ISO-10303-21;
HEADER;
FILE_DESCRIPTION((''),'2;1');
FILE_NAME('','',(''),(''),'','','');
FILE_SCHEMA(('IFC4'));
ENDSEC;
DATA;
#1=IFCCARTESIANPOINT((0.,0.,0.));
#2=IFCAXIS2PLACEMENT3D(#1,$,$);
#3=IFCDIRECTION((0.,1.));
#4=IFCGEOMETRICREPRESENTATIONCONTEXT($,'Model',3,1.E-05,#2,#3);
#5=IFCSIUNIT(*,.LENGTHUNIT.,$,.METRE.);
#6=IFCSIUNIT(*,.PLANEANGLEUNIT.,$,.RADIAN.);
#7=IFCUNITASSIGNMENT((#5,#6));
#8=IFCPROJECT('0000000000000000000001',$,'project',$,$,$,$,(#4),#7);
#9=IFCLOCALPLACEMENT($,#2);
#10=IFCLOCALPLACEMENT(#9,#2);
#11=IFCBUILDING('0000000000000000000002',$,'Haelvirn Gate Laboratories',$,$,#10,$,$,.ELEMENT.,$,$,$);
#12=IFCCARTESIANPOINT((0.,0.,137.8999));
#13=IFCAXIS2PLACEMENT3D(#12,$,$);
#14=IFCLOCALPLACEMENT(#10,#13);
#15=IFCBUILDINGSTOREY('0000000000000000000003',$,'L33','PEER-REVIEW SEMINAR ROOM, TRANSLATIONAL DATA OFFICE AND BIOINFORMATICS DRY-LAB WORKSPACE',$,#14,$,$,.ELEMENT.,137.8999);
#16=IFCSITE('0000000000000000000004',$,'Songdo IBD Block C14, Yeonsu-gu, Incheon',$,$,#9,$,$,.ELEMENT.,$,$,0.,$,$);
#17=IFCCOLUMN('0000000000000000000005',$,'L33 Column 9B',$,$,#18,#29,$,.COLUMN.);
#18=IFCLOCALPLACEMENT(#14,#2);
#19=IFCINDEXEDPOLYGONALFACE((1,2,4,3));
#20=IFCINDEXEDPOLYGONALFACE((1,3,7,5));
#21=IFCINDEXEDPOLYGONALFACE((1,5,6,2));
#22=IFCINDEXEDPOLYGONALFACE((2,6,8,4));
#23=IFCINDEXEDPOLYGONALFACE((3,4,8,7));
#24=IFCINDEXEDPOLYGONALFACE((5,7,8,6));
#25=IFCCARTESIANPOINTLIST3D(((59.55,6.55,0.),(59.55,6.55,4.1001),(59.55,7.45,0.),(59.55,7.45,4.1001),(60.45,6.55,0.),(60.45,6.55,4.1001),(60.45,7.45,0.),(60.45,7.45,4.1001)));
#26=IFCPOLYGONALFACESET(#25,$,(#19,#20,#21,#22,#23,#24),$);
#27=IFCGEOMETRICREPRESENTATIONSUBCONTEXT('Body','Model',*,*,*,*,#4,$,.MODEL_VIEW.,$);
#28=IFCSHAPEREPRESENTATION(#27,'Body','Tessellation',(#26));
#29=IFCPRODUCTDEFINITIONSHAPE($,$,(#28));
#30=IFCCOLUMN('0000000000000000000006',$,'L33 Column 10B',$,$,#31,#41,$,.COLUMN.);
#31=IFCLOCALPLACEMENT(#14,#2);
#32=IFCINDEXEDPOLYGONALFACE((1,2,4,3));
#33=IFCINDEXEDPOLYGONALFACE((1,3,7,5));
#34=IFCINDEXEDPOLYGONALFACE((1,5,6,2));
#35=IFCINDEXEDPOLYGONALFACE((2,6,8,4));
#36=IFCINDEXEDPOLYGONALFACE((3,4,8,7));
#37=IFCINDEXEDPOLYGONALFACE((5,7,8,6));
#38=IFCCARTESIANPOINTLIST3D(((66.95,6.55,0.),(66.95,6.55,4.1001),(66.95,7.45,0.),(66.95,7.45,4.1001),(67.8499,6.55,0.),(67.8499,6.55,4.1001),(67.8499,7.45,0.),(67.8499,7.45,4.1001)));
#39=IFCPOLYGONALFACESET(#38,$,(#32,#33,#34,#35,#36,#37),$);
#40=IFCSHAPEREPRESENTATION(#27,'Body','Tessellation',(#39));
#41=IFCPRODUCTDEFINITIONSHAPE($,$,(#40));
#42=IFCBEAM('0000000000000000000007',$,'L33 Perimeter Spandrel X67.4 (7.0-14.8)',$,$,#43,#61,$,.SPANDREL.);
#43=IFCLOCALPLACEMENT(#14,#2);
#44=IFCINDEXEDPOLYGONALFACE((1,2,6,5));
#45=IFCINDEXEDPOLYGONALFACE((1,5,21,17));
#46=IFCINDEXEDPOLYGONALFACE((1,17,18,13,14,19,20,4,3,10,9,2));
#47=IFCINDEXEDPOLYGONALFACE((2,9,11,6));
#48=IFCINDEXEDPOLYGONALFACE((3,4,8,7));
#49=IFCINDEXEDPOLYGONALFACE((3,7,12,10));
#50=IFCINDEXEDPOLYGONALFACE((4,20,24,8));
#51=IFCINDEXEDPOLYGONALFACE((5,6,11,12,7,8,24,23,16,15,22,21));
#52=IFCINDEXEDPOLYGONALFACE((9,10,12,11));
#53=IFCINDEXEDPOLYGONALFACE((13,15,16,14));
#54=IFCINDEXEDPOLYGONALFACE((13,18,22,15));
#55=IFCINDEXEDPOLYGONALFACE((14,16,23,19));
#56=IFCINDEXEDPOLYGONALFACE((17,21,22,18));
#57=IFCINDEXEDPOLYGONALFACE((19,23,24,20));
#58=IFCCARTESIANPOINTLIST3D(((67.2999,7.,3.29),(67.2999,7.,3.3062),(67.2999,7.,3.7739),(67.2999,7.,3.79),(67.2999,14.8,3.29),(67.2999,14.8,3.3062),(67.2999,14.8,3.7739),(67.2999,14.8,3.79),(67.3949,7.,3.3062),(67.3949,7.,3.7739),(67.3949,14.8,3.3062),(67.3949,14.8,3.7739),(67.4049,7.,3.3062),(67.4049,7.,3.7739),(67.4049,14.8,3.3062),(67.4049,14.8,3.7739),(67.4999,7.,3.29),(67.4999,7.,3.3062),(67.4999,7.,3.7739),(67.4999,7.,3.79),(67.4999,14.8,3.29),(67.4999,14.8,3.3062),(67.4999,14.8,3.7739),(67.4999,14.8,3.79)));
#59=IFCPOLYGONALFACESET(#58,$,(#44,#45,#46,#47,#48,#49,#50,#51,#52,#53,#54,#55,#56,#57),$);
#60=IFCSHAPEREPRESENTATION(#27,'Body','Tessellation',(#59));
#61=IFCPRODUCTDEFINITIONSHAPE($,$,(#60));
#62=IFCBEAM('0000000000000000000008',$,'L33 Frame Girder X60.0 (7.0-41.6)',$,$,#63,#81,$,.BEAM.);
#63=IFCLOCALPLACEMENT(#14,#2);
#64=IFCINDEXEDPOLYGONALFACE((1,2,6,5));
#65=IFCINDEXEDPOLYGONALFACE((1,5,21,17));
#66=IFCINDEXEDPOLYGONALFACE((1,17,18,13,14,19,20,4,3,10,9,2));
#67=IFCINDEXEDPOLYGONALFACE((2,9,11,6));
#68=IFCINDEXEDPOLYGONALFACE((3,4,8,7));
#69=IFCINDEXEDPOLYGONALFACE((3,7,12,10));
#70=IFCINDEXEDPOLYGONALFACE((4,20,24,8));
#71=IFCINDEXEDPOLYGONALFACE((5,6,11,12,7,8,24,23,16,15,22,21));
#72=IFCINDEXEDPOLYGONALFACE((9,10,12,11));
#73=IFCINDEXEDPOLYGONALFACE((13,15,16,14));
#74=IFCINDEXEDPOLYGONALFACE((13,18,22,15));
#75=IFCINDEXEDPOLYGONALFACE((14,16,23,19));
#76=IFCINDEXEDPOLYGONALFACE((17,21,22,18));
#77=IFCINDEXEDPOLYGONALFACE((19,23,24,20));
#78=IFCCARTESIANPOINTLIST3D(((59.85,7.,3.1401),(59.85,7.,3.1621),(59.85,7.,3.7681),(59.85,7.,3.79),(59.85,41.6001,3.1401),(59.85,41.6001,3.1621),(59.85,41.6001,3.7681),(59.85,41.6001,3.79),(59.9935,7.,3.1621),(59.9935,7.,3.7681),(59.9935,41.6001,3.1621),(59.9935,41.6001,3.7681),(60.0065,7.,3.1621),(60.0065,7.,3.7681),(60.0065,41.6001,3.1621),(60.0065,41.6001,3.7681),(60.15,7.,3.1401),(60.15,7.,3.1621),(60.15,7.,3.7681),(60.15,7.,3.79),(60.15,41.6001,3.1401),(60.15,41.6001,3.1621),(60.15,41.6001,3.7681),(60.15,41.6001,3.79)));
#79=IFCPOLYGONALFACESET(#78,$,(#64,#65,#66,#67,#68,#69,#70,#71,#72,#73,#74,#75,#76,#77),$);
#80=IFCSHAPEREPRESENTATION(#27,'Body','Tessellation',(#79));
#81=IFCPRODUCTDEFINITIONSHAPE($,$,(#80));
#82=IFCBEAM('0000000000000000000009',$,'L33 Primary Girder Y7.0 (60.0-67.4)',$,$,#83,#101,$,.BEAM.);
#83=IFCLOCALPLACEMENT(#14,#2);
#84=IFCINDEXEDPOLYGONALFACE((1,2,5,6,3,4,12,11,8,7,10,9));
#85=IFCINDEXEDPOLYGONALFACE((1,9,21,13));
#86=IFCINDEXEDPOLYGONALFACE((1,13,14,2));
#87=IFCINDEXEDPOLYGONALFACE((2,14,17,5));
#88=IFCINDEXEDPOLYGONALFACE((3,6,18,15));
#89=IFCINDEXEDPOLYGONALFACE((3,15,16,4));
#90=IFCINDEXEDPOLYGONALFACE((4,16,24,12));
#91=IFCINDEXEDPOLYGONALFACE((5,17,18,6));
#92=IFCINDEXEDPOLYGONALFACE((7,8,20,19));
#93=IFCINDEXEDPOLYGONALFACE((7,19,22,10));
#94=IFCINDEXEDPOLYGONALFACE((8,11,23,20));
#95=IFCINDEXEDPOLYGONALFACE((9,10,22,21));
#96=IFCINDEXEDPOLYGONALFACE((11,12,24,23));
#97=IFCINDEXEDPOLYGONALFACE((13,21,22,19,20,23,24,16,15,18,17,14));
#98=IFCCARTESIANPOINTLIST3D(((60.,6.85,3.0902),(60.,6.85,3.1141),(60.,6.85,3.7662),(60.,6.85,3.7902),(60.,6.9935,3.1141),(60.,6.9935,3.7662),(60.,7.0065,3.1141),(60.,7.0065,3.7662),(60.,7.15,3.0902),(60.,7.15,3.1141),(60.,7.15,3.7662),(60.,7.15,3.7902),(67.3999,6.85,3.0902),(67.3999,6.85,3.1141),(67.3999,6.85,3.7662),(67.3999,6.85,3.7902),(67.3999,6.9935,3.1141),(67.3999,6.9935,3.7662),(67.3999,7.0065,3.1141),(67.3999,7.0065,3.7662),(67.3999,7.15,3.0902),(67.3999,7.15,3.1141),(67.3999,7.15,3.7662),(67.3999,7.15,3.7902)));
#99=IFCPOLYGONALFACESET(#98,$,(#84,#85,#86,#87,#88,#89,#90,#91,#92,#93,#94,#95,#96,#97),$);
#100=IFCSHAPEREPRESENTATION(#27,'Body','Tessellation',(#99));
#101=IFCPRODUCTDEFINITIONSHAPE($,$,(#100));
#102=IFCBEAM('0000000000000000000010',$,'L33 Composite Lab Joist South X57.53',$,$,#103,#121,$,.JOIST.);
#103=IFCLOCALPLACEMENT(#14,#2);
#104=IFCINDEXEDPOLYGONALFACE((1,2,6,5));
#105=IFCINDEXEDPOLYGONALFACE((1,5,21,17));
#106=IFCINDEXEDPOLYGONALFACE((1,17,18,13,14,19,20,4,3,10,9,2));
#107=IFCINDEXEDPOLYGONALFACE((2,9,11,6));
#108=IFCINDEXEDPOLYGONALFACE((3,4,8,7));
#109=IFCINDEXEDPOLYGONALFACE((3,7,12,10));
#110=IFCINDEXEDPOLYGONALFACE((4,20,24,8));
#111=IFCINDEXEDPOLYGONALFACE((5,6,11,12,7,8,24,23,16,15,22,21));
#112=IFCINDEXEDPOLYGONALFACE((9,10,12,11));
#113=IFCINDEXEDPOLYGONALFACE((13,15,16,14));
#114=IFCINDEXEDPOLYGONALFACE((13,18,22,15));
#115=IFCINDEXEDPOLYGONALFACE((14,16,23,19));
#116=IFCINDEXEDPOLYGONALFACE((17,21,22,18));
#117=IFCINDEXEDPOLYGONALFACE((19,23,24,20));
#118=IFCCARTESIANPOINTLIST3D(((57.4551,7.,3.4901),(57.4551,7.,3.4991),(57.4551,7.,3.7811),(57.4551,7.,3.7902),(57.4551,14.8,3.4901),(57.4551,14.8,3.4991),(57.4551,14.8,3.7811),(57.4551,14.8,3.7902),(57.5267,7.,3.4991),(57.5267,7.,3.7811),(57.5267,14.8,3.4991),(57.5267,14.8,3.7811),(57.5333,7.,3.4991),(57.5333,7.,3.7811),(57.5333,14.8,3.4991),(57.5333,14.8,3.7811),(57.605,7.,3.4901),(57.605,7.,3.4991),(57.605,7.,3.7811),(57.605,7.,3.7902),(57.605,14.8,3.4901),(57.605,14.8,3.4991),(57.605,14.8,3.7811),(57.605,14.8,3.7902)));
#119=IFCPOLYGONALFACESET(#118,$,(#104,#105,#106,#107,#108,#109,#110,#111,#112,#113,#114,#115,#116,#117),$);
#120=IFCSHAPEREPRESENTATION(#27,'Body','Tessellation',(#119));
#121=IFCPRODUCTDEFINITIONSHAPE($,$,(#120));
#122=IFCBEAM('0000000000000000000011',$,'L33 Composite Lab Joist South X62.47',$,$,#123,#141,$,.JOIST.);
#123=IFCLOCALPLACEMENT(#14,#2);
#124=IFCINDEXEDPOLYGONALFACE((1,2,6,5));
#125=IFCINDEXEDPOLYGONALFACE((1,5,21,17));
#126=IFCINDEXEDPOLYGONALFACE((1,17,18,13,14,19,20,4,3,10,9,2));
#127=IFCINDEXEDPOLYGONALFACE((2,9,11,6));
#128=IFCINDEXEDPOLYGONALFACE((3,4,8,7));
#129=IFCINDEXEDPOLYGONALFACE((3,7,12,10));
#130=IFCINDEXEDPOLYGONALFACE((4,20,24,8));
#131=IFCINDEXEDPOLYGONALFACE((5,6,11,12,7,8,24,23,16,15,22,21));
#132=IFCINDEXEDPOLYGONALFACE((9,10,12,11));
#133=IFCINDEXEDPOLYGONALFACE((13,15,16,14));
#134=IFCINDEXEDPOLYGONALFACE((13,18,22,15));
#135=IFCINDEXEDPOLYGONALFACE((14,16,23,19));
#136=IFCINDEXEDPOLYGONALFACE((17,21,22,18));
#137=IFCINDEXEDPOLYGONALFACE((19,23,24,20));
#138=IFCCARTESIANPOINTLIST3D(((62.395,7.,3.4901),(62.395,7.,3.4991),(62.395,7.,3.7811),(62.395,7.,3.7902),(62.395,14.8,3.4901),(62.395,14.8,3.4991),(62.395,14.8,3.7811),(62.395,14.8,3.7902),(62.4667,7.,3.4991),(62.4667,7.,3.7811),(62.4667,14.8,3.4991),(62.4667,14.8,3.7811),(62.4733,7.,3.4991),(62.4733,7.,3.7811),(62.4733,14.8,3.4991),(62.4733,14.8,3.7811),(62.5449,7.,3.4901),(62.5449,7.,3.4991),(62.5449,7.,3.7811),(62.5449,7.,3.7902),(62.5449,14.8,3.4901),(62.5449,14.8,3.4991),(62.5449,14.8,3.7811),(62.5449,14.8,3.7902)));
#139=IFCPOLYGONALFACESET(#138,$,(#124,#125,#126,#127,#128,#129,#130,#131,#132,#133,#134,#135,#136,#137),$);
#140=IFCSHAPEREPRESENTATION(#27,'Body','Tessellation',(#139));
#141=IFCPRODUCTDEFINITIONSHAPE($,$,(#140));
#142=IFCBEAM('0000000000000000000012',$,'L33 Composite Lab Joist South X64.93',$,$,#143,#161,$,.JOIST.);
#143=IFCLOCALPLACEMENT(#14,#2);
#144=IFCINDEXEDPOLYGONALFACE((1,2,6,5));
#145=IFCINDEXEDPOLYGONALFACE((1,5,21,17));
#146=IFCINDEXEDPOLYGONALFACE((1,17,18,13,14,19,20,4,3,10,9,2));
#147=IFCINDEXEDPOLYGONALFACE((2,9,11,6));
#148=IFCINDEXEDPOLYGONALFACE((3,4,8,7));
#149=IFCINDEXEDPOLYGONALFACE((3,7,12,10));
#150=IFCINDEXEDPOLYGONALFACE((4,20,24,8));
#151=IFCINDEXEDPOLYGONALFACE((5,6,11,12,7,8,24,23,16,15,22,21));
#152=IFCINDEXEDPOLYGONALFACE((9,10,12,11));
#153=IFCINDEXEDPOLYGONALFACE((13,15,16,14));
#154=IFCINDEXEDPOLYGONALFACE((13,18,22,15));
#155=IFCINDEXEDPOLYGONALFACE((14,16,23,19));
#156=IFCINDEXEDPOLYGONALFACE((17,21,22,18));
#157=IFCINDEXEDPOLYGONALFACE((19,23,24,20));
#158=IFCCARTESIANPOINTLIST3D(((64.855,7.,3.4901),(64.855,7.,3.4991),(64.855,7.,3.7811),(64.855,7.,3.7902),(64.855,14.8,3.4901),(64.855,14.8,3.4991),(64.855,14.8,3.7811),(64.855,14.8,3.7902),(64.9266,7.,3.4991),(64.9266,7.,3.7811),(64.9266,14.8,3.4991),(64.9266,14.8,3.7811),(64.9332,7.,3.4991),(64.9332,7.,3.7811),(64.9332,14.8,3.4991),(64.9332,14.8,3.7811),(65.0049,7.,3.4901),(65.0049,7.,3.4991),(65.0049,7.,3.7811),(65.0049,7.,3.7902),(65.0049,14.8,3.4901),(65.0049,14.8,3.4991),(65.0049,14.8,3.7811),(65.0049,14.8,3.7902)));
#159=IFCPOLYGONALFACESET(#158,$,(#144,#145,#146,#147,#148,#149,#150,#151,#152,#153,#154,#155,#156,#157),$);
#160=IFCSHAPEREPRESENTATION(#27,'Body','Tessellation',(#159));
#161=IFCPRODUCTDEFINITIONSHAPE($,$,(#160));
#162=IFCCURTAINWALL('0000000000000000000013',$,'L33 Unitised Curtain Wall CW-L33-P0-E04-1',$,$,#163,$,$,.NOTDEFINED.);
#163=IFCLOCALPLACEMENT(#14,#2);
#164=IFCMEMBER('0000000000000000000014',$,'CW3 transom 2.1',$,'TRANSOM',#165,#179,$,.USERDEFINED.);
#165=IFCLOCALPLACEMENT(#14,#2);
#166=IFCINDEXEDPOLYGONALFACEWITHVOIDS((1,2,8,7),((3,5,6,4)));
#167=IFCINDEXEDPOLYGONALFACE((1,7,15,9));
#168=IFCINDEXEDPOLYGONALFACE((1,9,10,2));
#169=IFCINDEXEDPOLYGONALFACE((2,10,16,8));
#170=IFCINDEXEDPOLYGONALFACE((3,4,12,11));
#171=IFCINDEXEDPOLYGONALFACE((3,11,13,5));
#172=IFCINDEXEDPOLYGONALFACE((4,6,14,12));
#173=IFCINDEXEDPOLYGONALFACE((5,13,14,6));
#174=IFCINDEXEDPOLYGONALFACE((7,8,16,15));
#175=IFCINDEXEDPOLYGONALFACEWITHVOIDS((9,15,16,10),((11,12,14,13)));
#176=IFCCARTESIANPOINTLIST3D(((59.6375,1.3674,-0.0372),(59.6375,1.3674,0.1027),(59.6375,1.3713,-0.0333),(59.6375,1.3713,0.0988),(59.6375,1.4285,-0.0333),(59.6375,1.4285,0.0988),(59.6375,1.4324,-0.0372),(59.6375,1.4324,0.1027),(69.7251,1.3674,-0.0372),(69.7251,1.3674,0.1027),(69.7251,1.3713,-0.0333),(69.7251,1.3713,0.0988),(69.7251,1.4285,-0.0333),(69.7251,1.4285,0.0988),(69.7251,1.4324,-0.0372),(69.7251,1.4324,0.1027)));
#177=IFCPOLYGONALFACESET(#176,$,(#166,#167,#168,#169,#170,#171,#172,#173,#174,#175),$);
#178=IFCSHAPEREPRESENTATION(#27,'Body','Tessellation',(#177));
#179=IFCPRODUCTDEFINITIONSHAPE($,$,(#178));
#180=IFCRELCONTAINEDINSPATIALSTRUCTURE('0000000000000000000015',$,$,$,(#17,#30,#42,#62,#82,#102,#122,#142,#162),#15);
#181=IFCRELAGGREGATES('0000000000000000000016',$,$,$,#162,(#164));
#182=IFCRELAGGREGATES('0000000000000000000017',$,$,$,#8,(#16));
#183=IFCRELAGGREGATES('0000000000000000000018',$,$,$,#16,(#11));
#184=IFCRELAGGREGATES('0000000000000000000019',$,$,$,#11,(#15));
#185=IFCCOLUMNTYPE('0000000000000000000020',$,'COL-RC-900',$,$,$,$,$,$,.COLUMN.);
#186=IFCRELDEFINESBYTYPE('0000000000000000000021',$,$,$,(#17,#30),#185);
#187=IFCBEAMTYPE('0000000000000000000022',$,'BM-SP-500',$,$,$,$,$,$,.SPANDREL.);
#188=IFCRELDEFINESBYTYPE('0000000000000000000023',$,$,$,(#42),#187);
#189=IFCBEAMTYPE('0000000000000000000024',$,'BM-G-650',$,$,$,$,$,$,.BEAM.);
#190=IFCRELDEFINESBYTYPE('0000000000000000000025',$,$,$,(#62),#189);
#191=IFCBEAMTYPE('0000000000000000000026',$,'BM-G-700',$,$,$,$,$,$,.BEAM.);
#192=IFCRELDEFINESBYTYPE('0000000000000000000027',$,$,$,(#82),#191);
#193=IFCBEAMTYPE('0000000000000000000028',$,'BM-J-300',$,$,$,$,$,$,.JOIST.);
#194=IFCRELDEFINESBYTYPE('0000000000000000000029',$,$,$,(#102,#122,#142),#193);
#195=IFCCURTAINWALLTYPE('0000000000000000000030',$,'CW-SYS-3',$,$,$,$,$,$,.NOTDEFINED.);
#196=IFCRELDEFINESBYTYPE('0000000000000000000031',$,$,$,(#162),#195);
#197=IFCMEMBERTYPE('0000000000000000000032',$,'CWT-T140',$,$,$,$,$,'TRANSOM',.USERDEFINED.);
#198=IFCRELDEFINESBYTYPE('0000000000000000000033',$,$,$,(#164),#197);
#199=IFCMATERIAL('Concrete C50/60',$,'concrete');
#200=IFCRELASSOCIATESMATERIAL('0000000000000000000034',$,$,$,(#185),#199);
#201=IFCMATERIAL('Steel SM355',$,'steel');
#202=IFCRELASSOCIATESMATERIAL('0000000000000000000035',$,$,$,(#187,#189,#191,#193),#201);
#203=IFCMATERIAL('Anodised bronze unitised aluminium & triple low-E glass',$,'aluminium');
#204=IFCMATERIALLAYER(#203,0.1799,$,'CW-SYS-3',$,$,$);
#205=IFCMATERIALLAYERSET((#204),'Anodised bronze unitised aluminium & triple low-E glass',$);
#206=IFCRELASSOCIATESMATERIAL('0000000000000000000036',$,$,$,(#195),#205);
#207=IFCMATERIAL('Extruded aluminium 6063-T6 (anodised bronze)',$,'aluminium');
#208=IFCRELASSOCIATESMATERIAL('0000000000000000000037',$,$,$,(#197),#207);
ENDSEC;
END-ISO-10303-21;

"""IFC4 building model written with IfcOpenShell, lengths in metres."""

from ifc_helpers import new_model, si_unit, direction, frame, origin, origin_2d, place, context, subcontext, project, spatial, rectangle, hollow_rectangle, i_section, extrude, source, transform, mapped, material, layer, layer_set, material_profile, profile_set, type_object, type_shapes, element, aggregate, save


model = new_model("IFC4")

# Units and contexts
model_context = context("Model", 3, precision=1e-05, world=origin(), true_north=direction((0.0, 1.0)))
body_context = subcontext(model_context, "Body", "Model", "MODEL_VIEW")
ifc_project = project(units=[si_unit("LENGTHUNIT", "METRE"), si_unit("PLANEANGLEUNIT", "RADIAN")], contexts=[model_context])

# Site, building, storey
site_placement = place(None, origin())
site = spatial("IfcSite", under=ifc_project, at=site_placement, Name="Songdo IBD Block C14, Yeonsu-gu, Incheon", CompositionType="ELEMENT", RefElevation=0.0)
building_placement = place(site_placement, origin())
building = spatial("IfcBuilding", under=site, at=building_placement, Name="Haelvirn Gate Laboratories", CompositionType="ELEMENT")
storey_placement = place(building_placement, frame((0.0, 0.0, 137.8999)))
storey = spatial("IfcBuildingStorey", under=building, at=storey_placement, Name="L33", Description="PEER-REVIEW SEMINAR ROOM, TRANSLATIONAL DATA OFFICE AND BIOINFORMATICS DRY-LAB WORKSPACE", CompositionType="ELEMENT", Elevation=137.8999)

# Columns
ifc_material_1 = material(Name="Concrete C50/60", Category="concrete")
ifc_material_profile_1 = material_profile(ifc_material_1, rectangle(XDim=0.8999, YDim=0.8999, at=origin_2d()), Name="RC-900x900")
ifc_profile_set_1 = profile_set([ifc_material_profile_1], Name="Concrete C50/60")
column_type = type_object("IfcColumnType", Name="COL-RC-900", PredefinedType="COLUMN", material=ifc_profile_set_1)
shared_shape_1 = source(origin(), body_context, "Body", "SweptSolid", [
    extrude(rectangle(XDim=0.8999, YDim=0.8999, at=origin_2d()), origin(), (0.0, 0.0, 1.0), 4.1001),
])
type_shapes(column_type, [shared_shape_1])
for number, where, z_axis, x_axis, name in (
    (1, (60.0, 7.0, 0.0), (0.0, 0.0, 1.0), (1.0, 0.0, 0.0), "L33 Column 9B"),
    (2, (67.3999, 7.0, 0.0), (0.0, 0.0, 1.0), (1.0, 0.0, 0.0), "L33 Column 10B"),
):
    element("IfcColumn", number, at=place(storey_placement, frame(where, z_axis=z_axis, x_axis=x_axis)), inside=storey, type_object=column_type, Name=name, PredefinedType="COLUMN", context=body_context, shape_type="MappedRepresentation", body=[
        mapped(shared_shape_1, transform((0.0, 0.0, 0.0), scale=1.0)),
    ])

# Beams
ifc_material_2 = material(Name="Steel SM355", Category="steel")
ifc_material_profile_2 = material_profile(ifc_material_2, i_section(OverallWidth=0.2, OverallDepth=0.5, WebThickness=0.01, FlangeThickness=0.0161, at=origin_2d()), Name="H-500x200x10x16")
ifc_profile_set_2 = profile_set([ifc_material_profile_2], Name="Steel SM355")
beam_type_1 = type_object("IfcBeamType", Name="BM-SP-500", PredefinedType="SPANDREL", material=ifc_profile_set_2)
shared_shape_2 = source(origin(), body_context, "Body", "SweptSolid", [
    extrude(i_section(OverallWidth=0.2, OverallDepth=0.5, WebThickness=0.01, FlangeThickness=0.0161, at=origin_2d()), origin(), (0.0, 0.0, 1.0), 7.8),
])
type_shapes(beam_type_1, [shared_shape_2])
beam_1_placement = place(storey_placement, frame((67.3999, 7.0, 3.54), z_axis=(0.0, 1.0, 0.0), x_axis=(-1.0, 0.0, 0.0)))
element("IfcBeam", 3, at=beam_1_placement, inside=storey, type_object=beam_type_1, Name="L33 Perimeter Spandrel X67.4 (7.0-14.8)", PredefinedType="SPANDREL", context=body_context, shape_type="MappedRepresentation", body=[
    mapped(shared_shape_2, transform((0.0, 0.0, 0.0), scale=1.0)),
])
ifc_material_profile_3 = material_profile(ifc_material_2, i_section(OverallWidth=0.3, OverallDepth=0.6499, WebThickness=0.0129, FlangeThickness=0.022, at=origin_2d()), Name="H-650x300x13x22")
ifc_profile_set_3 = profile_set([ifc_material_profile_3], Name="Steel SM355")
beam_type_2 = type_object("IfcBeamType", Name="BM-G-650", PredefinedType="BEAM", material=ifc_profile_set_3)
shared_shape_3 = source(origin(), body_context, "Body", "SweptSolid", [
    extrude(i_section(OverallWidth=0.3, OverallDepth=0.6499, WebThickness=0.0129, FlangeThickness=0.022, at=origin_2d()), origin(), (0.0, 0.0, 1.0), 34.6001),
])
type_shapes(beam_type_2, [shared_shape_3])
beam_2_placement = place(storey_placement, frame((60.0, 7.0, 3.4651), z_axis=(0.0, 1.0, 0.0), x_axis=(-1.0, 0.0, 0.0)))
element("IfcBeam", 4, at=beam_2_placement, inside=storey, type_object=beam_type_2, Name="L33 Frame Girder X60.0 (7.0-41.6)", PredefinedType="BEAM", context=body_context, shape_type="MappedRepresentation", body=[
    mapped(shared_shape_3, transform((0.0, 0.0, 0.0), scale=1.0)),
])
ifc_material_profile_4 = material_profile(ifc_material_2, i_section(OverallWidth=0.3, OverallDepth=0.7, WebThickness=0.0129, FlangeThickness=0.0239, at=origin_2d()), Name="H-700x300x13x24")
ifc_profile_set_4 = profile_set([ifc_material_profile_4], Name="Steel SM355")
beam_type_3 = type_object("IfcBeamType", Name="BM-G-700", PredefinedType="BEAM", material=ifc_profile_set_4)
shared_shape_4 = source(origin(), body_context, "Body", "SweptSolid", [
    extrude(i_section(OverallWidth=0.3, OverallDepth=0.7, WebThickness=0.0129, FlangeThickness=0.0239, at=origin_2d()), origin(), (0.0, 0.0, 1.0), 7.3999),
])
type_shapes(beam_type_3, [shared_shape_4])
beam_3_placement = place(storey_placement, frame((60.0, 7.0, 3.4402), z_axis=(1.0, 0.0, 0.0), x_axis=(0.0, 1.0, 0.0)))
element("IfcBeam", 5, at=beam_3_placement, inside=storey, type_object=beam_type_3, Name="L33 Primary Girder Y7.0 (60.0-67.4)", PredefinedType="BEAM", context=body_context, shape_type="MappedRepresentation", body=[
    mapped(shared_shape_4, transform((0.0, 0.0, 0.0), scale=1.0)),
])
ifc_material_profile_5 = material_profile(ifc_material_2, i_section(OverallWidth=0.1499, OverallDepth=0.3, WebThickness=0.0066, FlangeThickness=0.009, at=origin_2d()), Name="H-300x150x6.5x9")
ifc_profile_set_5 = profile_set([ifc_material_profile_5], Name="Steel SM355")
beam_type_4 = type_object("IfcBeamType", Name="BM-J-300", PredefinedType="JOIST", material=ifc_profile_set_5)
shared_shape_5 = source(origin(), body_context, "Body", "SweptSolid", [
    extrude(i_section(OverallWidth=0.1499, OverallDepth=0.3, WebThickness=0.0066, FlangeThickness=0.009, at=origin_2d()), origin(), (0.0, 0.0, 1.0), 7.8),
])
type_shapes(beam_type_4, [shared_shape_5])
for number, where, z_axis, x_axis, name in (
    (6, (57.53, 7.0, 3.6401), (0.0, 1.0, 0.0), (-1.0, 0.0, 0.0), "L33 Composite Lab Joist South X57.53"),
    (7, (62.47, 7.0, 3.6401), (0.0, 1.0, 0.0), (-1.0, 0.0, 0.0), "L33 Composite Lab Joist South X62.47"),
    (8, (64.9299, 7.0, 3.6401), (0.0, 1.0, 0.0), (-1.0, 0.0, 0.0), "L33 Composite Lab Joist South X64.93"),
):
    element("IfcBeam", number, at=place(storey_placement, frame(where, z_axis=z_axis, x_axis=x_axis)), inside=storey, type_object=beam_type_4, Name=name, PredefinedType="JOIST", context=body_context, shape_type="MappedRepresentation", body=[
        mapped(shared_shape_5, transform((0.0, 0.0, 0.0), scale=1.0)),
    ])

# Curtain wall, member
ifc_material_3 = material(Name="Anodised bronze unitised aluminium & triple low-E glass", Category="aluminium")
ifc_layer_1 = layer(ifc_material_3, 0.1799, Name="CW-SYS-3")
ifc_layer_set_1 = layer_set([ifc_layer_1], Name="Anodised bronze unitised aluminium & triple low-E glass")
curtain_wall_type_1 = type_object("IfcCurtainWallType", Name="CW-SYS-3", PredefinedType="NOTDEFINED", material=ifc_layer_set_1)
curtain_wall_1_placement = place(storey_placement, origin())
curtain_wall_1 = element("IfcCurtainWall", 9, at=curtain_wall_1_placement, inside=storey, type_object=curtain_wall_type_1, Name="L33 Unitised Curtain Wall CW-L33-P0-E04-1", PredefinedType="NOTDEFINED")
ifc_material_4 = material(Name="Extruded aluminium 6063-T6 (anodised bronze)", Category="aluminium")
ifc_material_profile_6 = material_profile(ifc_material_4, hollow_rectangle(XDim=0.0649, YDim=0.1399, WallThickness=0.0039, at=origin_2d()), Name="CWT-140x65x4")
ifc_profile_set_6 = profile_set([ifc_material_profile_6], Name="Extruded aluminium 6063-T6 (anodised bronze)")
member_type_1 = type_object("IfcMemberType", Name="CWT-T140", ElementType="TRANSOM", PredefinedType="USERDEFINED", material=ifc_profile_set_6)
shared_shape_6 = source(origin(), body_context, "Body", "SweptSolid", [
    extrude(hollow_rectangle(XDim=0.0649, YDim=0.1399, WallThickness=0.0039, at=origin_2d()), origin(), (0.0, 0.0, 1.0), 10.0876),
])
member_1_placement = place(storey_placement, frame((59.6375, 1.3999, 0.0327), z_axis=(1.0, 0.0, 0.0), x_axis=(0.0, 1.0, 0.0)))
member_1 = element("IfcMember", 10, at=member_1_placement, type_object=member_type_1, Name="CW3 transom 2.1", ObjectType="TRANSOM", PredefinedType="USERDEFINED", context=body_context, shape_type="MappedRepresentation", body=[
    mapped(shared_shape_6, transform((0.0, 0.0, 0.0), scale=1.0)),
])

aggregate(curtain_wall_1, [member_1])

save(model, "model.ifc")
